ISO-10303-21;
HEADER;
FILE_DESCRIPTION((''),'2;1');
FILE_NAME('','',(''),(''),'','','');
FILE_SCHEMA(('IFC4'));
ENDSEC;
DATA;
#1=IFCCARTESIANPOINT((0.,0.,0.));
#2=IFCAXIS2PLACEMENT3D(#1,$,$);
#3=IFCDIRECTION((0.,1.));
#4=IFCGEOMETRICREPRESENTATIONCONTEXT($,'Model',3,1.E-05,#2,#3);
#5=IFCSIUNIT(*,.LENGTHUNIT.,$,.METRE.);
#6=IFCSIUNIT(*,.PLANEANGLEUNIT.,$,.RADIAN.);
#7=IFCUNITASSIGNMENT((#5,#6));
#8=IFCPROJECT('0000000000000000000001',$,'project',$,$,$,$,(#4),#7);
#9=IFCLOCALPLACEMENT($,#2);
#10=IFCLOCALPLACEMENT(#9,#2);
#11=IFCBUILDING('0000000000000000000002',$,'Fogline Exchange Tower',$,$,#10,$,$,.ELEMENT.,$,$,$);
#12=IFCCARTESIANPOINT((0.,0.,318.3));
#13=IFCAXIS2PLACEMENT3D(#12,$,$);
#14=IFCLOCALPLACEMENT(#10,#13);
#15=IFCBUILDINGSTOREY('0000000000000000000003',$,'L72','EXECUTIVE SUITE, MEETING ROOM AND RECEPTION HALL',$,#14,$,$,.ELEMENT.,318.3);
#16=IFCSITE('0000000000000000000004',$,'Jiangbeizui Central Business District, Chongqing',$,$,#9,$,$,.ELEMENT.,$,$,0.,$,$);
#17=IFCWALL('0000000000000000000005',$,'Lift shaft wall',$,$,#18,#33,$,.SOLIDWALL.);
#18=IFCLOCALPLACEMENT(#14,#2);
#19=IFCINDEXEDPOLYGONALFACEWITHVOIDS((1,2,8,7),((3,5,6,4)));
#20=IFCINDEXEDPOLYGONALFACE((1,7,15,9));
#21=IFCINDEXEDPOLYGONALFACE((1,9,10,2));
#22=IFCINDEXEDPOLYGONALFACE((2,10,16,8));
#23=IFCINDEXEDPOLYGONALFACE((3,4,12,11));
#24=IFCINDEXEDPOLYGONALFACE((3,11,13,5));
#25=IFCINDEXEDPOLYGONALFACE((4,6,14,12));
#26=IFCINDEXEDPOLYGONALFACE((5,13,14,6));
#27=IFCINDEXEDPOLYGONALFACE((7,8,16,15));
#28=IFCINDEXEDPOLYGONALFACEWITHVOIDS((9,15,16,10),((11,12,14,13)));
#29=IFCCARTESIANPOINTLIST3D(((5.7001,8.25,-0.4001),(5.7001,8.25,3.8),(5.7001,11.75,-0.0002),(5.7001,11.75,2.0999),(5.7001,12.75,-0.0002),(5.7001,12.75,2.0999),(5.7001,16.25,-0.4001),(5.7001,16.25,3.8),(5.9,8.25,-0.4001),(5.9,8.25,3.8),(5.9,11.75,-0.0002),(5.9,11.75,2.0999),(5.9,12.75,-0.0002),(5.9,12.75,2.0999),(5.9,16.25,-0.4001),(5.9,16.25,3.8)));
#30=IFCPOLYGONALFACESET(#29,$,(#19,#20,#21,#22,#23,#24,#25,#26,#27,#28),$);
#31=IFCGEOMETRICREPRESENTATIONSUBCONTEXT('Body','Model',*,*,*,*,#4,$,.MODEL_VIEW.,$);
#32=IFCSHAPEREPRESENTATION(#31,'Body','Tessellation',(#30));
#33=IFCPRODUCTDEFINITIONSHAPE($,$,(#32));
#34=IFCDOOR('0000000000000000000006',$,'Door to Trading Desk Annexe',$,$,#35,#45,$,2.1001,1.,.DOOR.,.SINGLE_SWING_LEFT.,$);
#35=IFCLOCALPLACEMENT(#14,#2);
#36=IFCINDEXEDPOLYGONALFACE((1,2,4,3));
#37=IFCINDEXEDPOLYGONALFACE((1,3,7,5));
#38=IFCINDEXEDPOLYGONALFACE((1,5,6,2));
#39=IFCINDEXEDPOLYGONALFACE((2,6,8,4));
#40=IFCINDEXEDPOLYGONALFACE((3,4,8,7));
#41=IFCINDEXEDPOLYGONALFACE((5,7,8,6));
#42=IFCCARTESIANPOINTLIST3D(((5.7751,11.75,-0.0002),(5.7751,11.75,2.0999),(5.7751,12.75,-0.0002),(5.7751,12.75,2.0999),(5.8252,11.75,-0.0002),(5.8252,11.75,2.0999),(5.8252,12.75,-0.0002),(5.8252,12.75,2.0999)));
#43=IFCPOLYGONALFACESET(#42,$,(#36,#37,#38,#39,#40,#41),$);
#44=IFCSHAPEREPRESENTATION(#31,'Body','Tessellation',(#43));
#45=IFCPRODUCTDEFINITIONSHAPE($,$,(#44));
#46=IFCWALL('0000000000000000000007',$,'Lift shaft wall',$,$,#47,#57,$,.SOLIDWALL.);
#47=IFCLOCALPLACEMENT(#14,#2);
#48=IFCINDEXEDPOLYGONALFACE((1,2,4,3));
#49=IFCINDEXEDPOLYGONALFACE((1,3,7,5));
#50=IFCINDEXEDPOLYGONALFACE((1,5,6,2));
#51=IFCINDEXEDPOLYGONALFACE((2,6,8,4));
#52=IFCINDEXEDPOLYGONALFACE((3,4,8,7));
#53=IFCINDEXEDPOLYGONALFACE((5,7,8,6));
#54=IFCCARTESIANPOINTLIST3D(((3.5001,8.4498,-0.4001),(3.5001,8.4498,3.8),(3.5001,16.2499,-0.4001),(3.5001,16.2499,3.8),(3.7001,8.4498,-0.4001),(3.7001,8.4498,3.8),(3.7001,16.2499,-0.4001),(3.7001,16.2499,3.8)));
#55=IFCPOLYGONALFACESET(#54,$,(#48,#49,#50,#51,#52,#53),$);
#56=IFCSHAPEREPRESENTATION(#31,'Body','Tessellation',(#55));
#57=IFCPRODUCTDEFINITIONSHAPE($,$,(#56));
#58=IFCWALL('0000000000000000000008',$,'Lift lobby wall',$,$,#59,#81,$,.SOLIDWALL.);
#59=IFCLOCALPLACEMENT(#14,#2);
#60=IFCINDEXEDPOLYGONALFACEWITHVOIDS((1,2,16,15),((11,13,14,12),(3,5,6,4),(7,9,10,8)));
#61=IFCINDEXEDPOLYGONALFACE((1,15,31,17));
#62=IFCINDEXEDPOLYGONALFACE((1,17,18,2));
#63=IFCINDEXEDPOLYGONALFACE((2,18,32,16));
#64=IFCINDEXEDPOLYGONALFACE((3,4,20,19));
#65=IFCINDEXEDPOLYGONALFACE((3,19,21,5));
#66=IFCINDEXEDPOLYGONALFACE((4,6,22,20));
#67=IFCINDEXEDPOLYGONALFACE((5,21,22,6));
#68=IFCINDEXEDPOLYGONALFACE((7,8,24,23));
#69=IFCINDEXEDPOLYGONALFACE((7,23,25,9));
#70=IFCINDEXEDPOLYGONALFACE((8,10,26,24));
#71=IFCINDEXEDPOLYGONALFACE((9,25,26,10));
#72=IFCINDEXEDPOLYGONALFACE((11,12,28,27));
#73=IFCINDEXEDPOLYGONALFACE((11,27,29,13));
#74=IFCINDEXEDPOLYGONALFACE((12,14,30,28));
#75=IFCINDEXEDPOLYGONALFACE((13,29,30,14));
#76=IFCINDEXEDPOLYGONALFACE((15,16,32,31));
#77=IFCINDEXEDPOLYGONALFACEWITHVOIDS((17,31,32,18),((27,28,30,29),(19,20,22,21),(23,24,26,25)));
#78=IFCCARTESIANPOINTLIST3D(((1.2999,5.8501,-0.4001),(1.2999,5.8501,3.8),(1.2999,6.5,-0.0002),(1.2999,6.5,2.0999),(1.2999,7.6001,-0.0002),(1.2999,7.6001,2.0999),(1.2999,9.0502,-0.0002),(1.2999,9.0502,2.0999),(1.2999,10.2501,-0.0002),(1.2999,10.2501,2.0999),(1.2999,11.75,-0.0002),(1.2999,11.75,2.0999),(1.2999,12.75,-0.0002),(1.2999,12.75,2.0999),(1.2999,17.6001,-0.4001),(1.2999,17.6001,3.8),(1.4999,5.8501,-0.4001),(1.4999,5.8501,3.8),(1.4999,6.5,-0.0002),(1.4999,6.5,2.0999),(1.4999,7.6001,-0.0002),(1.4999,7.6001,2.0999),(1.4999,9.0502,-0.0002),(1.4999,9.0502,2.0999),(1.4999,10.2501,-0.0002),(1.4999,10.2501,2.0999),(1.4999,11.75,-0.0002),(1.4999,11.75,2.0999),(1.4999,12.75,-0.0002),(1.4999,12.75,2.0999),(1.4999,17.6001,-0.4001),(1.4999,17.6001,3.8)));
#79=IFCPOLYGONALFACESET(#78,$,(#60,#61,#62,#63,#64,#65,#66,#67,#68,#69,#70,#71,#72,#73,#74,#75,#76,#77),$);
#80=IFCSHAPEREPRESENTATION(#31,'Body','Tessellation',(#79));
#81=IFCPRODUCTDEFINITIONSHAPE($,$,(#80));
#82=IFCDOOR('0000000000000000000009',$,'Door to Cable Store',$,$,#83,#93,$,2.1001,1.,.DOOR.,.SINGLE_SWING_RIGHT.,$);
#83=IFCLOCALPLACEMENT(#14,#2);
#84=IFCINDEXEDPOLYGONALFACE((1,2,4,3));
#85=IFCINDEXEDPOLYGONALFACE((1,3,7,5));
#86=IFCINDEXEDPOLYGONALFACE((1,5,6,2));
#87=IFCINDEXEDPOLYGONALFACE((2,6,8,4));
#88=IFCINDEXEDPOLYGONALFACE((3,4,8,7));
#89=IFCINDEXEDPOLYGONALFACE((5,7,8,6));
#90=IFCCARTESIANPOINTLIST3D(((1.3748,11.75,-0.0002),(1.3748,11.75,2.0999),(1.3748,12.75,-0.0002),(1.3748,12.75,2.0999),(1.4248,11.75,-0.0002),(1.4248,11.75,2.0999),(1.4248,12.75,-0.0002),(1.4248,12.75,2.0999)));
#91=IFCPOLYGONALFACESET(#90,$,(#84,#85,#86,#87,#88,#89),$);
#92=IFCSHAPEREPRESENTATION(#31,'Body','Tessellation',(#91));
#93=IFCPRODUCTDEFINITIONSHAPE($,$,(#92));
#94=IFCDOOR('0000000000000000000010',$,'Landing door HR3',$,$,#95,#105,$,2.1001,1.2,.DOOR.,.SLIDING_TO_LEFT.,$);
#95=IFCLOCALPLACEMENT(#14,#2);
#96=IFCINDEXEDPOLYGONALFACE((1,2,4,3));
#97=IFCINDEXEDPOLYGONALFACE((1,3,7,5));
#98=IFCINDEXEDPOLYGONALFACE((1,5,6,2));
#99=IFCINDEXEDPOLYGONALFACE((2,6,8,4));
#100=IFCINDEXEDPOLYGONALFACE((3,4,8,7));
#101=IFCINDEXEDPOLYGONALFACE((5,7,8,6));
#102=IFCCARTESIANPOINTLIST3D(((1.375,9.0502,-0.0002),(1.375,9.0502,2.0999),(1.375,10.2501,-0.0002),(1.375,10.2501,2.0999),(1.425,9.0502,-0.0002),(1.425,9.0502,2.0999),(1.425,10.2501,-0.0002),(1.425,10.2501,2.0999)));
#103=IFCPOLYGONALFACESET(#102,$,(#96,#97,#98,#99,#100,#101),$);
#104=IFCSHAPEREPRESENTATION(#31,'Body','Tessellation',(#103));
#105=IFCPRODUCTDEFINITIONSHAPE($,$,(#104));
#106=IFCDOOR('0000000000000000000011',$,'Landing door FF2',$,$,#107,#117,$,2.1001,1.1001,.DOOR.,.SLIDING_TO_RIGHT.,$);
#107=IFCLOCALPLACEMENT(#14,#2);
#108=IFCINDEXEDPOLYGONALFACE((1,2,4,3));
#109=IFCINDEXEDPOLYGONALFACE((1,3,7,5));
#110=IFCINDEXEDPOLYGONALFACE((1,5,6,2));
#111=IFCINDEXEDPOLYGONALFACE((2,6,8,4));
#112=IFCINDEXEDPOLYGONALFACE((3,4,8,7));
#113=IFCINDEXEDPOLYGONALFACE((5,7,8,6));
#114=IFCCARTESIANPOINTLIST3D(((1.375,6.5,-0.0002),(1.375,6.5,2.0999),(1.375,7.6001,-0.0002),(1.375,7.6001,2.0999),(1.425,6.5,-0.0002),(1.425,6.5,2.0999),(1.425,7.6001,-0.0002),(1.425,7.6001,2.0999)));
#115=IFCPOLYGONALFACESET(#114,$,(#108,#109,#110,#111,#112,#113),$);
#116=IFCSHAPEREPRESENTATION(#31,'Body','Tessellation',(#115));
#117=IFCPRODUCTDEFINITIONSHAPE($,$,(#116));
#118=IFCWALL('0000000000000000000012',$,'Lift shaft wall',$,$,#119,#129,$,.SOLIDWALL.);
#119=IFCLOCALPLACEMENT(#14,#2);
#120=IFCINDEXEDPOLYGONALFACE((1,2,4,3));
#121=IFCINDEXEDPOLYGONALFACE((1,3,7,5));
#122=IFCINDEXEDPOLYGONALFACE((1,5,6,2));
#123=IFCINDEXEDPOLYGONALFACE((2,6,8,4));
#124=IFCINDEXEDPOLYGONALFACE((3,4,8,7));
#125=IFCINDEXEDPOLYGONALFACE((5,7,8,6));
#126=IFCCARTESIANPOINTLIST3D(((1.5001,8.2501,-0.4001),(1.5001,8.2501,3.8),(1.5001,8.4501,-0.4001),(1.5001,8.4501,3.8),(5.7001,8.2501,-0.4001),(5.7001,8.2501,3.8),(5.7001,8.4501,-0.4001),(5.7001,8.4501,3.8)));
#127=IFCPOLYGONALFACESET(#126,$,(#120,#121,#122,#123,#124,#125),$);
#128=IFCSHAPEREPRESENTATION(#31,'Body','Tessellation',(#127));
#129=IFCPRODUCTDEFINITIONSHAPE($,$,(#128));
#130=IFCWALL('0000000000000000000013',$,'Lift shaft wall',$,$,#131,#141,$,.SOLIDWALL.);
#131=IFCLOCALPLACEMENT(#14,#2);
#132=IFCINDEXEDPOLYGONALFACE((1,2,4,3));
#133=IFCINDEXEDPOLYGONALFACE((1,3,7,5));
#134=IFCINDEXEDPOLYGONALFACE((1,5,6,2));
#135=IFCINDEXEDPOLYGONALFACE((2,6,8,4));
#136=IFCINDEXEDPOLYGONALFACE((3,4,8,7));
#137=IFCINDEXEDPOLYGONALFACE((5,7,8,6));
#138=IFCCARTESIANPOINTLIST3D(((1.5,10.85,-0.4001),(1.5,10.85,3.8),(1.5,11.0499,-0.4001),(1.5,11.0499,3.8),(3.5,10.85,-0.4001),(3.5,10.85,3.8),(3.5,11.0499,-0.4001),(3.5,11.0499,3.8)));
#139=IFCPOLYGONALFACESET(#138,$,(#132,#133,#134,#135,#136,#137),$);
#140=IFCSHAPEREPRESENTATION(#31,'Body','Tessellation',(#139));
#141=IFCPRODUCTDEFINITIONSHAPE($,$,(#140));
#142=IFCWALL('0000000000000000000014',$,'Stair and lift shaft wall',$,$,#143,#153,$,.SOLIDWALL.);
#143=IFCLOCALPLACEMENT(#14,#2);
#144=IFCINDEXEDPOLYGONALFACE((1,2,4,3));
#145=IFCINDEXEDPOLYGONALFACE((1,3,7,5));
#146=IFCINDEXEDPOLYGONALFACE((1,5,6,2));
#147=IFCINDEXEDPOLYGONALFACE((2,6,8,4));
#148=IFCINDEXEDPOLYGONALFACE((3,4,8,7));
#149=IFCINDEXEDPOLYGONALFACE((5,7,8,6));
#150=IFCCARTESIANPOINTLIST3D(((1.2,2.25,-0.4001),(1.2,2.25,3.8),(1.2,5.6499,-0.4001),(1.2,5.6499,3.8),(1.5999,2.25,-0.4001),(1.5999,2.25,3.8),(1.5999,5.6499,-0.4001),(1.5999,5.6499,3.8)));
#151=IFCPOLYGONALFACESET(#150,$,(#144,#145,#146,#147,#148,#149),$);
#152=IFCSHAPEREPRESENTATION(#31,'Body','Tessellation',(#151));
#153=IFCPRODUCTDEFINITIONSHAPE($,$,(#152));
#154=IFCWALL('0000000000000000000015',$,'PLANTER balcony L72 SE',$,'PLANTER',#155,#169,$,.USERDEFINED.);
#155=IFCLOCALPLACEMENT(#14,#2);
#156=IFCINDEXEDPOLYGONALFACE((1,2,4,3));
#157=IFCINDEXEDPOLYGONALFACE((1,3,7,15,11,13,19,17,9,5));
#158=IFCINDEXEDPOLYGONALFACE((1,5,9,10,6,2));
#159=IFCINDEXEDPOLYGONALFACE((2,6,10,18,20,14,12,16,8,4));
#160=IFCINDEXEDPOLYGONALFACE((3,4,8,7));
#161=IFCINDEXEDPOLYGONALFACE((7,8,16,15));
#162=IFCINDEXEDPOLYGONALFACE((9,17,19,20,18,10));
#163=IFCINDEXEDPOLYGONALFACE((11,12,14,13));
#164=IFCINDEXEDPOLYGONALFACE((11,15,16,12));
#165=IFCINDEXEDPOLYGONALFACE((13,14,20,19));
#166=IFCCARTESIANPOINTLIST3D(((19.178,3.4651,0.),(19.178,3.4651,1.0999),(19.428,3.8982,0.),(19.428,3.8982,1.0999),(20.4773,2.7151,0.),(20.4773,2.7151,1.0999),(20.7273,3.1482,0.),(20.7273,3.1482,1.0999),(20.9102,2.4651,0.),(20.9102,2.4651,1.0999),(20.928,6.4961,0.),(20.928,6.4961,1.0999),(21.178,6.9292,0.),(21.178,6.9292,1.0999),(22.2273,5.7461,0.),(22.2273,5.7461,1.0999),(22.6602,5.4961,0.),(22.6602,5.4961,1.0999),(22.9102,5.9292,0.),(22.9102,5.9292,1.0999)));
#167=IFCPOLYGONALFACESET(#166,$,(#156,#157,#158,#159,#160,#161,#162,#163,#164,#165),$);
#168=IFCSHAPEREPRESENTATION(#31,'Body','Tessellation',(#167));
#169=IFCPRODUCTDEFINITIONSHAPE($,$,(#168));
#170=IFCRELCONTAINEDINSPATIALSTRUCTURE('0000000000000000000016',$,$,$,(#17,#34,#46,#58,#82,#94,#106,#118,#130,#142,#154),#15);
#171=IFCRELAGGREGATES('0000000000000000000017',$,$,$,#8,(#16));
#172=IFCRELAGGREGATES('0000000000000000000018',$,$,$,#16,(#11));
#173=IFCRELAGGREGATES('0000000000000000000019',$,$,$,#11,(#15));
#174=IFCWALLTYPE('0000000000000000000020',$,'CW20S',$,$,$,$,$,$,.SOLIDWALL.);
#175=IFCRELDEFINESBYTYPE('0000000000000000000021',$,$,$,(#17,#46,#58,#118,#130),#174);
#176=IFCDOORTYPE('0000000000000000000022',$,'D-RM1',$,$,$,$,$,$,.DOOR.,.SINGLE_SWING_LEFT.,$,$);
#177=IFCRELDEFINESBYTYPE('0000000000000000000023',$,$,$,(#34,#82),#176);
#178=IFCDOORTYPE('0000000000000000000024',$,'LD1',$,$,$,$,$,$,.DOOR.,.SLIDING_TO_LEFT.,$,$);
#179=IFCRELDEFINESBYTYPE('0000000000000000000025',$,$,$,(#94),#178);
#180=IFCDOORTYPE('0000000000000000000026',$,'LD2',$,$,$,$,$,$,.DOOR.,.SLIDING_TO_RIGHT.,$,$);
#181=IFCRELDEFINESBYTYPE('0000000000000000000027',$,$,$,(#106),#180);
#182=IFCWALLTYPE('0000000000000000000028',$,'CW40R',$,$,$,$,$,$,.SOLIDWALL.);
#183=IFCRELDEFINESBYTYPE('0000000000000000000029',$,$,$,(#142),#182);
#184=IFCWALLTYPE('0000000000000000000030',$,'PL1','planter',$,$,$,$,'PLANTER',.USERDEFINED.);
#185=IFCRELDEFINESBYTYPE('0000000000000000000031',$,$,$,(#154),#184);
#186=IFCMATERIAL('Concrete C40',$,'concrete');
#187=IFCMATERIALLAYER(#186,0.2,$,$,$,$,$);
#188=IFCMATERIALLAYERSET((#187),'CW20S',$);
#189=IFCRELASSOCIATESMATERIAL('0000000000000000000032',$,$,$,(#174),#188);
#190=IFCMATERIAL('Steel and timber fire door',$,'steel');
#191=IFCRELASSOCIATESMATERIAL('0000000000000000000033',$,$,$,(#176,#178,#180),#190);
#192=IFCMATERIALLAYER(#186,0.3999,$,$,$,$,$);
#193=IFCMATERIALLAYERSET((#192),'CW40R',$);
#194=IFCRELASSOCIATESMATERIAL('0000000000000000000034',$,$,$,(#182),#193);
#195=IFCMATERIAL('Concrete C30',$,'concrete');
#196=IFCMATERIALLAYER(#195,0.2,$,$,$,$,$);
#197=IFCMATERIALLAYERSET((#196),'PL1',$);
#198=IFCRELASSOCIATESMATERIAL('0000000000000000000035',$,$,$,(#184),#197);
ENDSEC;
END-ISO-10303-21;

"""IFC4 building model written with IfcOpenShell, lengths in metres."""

from ifc_helpers import new_model, si_unit, direction, frame, frame_2d, origin, place, context, subcontext, project, spatial, polyline, rectangle, outline, extrude, material, layer, layer_set, type_object, element, fill, save


model = new_model("IFC4")

# Units and contexts
model_context = context("Model", 3, precision=1e-05, world=origin(), true_north=direction((0.0, 1.0)))
body_context = subcontext(model_context, "Body", "Model", "MODEL_VIEW")
ifc_project = project(units=[si_unit("LENGTHUNIT", "METRE"), si_unit("PLANEANGLEUNIT", "RADIAN")], contexts=[model_context])

# Site, building, storey
site_placement = place(None, origin())
site = spatial("IfcSite", under=ifc_project, at=site_placement, Name="Jiangbeizui Central Business District, Chongqing", CompositionType="ELEMENT", RefElevation=0.0)
building_placement = place(site_placement, origin())
building = spatial("IfcBuilding", under=site, at=building_placement, Name="Fogline Exchange Tower", CompositionType="ELEMENT")
storey_placement = place(building_placement, frame((0.0, 0.0, 318.3)))
storey = spatial("IfcBuildingStorey", under=building, at=storey_placement, Name="L72", Description="EXECUTIVE SUITE, MEETING ROOM AND RECEPTION HALL", CompositionType="ELEMENT", Elevation=318.3)

# Shared definitions
ifc_material_1 = material(Name="Concrete C40", Category="concrete")

# Shared definitions
ifc_material_2 = material(Name="Steel and timber fire door", Category="steel")

# Wall, opening, door
ifc_layer_1 = layer(ifc_material_1, 0.2)
ifc_layer_set_1 = layer_set([ifc_layer_1], Name="CW20S")
wall_type_1 = type_object("IfcWallType", Name="CW20S", PredefinedType="SOLIDWALL", material=ifc_layer_set_1)
wall_1_placement = place(storey_placement, frame((5.8, 8.25, -0.4001), z_axis=(0.0, 0.0, 1.0), x_axis=(0.0, 1.0, 0.0)))
wall_1 = element("IfcWall", 1, at=wall_1_placement, inside=storey, type_object=wall_type_1, Name="Lift shaft wall", PredefinedType="SOLIDWALL", context=body_context, shape_type="SweptSolid", body=[
    extrude(rectangle(XDim=8.0, YDim=0.2, at=frame_2d((4.0, 0.0))), origin(), (0.0, 0.0, 1.0), 4.2002),
])
opening_1_placement = place(wall_1_placement, frame((3.5, 0.0, 0.3999)))
opening_1 = element("IfcOpeningElement", 2, at=opening_1_placement, cuts=wall_1, PredefinedType="OPENING", context=body_context, shape_type="SweptSolid", body=[
    extrude(rectangle(XDim=1.0, YDim=2.1001, at=frame_2d((0.5, 1.05))), frame((0.0, 0.1099, 0.0), z_axis=(0.0, -1.0, 0.0), x_axis=(1.0, 0.0, 0.0)), (0.0, 0.0, 1.0), 0.22),
])
door_type_1 = type_object("IfcDoorType", Name="D-RM1", OperationType="SINGLE_SWING_LEFT", PredefinedType="DOOR", material=ifc_material_2)
door_1_placement = place(opening_1_placement, origin())
door_1 = element("IfcDoor", 3, at=door_1_placement, inside=storey, type_object=door_type_1, Name="Door to Trading Desk Annexe", OperationType="SINGLE_SWING_LEFT", OverallHeight=2.1001, OverallWidth=1.0, PredefinedType="DOOR", context=body_context, shape_type="SweptSolid", body=[
    extrude(rectangle(XDim=1.0, YDim=2.1001, at=frame_2d((0.5, 1.05))), frame((0.0, 0.0249, 0.0), z_axis=(0.0, -1.0, 0.0), x_axis=(1.0, 0.0, 0.0)), (0.0, 0.0, 1.0), 0.05),
])
fill(opening_1, door_1)

# Wall
wall_2_placement = place(storey_placement, frame((3.6001, 8.45, -0.4001), z_axis=(0.0, 0.0, 1.0), x_axis=(0.0, 1.0, 0.0)))
element("IfcWall", 4, at=wall_2_placement, inside=storey, type_object=wall_type_1, Name="Lift shaft wall", PredefinedType="SOLIDWALL", context=body_context, shape_type="SweptSolid", body=[
    extrude(rectangle(XDim=7.8, YDim=0.2, at=frame_2d((3.8999, 0.0))), origin(), (0.0, 0.0, 1.0), 4.2002),
])

# Wall, openings, doors
wall_3_placement = place(storey_placement, frame((1.3999, 5.8501, -0.4001), z_axis=(0.0, 0.0, 1.0), x_axis=(0.0, 1.0, 0.0)))
wall_3 = element("IfcWall", 5, at=wall_3_placement, inside=storey, type_object=wall_type_1, Name="Lift lobby wall", PredefinedType="SOLIDWALL", context=body_context, shape_type="SweptSolid", body=[
    extrude(rectangle(XDim=11.75, YDim=0.2, at=frame_2d((5.875, 0.0))), origin(), (0.0, 0.0, 1.0), 4.2002),
])
opening_2_placement = place(wall_3_placement, frame((3.2, 0.0, 0.3999)))
opening_2 = element("IfcOpeningElement", 6, at=opening_2_placement, cuts=wall_3, PredefinedType="OPENING", context=body_context, shape_type="SweptSolid", body=[
    extrude(rectangle(XDim=1.2, YDim=2.1001, at=frame_2d((0.6001, 1.05))), frame((0.0, 0.1099, 0.0), z_axis=(0.0, -1.0, 0.0), x_axis=(1.0, 0.0, 0.0)), (0.0, 0.0, 1.0), 0.22),
])
opening_3_placement = place(wall_3_placement, frame((0.6499, 0.0, 0.3999)))
opening_3 = element("IfcOpeningElement", 7, at=opening_3_placement, cuts=wall_3, PredefinedType="OPENING", context=body_context, shape_type="SweptSolid", body=[
    extrude(rectangle(XDim=1.1001, YDim=2.1001, at=frame_2d((0.55, 1.05))), frame((0.0, 0.1099, 0.0), z_axis=(0.0, -1.0, 0.0), x_axis=(1.0, 0.0, 0.0)), (0.0, 0.0, 1.0), 0.22),
])
opening_4_placement = place(wall_3_placement, frame((5.8999, 0.0, 0.3999)))
opening_4 = element("IfcOpeningElement", 8, at=opening_4_placement, cuts=wall_3, PredefinedType="OPENING", context=body_context, shape_type="SweptSolid", body=[
    extrude(rectangle(XDim=1.0, YDim=2.1001, at=frame_2d((0.5, 1.05))), frame((0.0, 0.1099, 0.0), z_axis=(0.0, -1.0, 0.0), x_axis=(1.0, 0.0, 0.0)), (0.0, 0.0, 1.0), 0.22),
])
door_2_placement = place(opening_4_placement, frame((1.0, 0.0, 0.0), z_axis=(0.0, 0.0, 1.0), x_axis=(-1.0, 0.0, 0.0)))
door_2 = element("IfcDoor", 9, at=door_2_placement, inside=storey, type_object=door_type_1, Name="Door to Cable Store", OperationType="SINGLE_SWING_RIGHT", OverallHeight=2.1001, OverallWidth=1.0, PredefinedType="DOOR", context=body_context, shape_type="SweptSolid", body=[
    extrude(rectangle(XDim=1.0, YDim=2.1001, at=frame_2d((0.5, 1.05))), frame((0.0, 0.0249, 0.0), z_axis=(0.0, -1.0, 0.0), x_axis=(1.0, 0.0, 0.0)), (0.0, 0.0, 1.0), 0.05),
])
fill(opening_4, door_2)
door_type_2 = type_object("IfcDoorType", Name="LD1", OperationType="SLIDING_TO_LEFT", PredefinedType="DOOR", material=ifc_material_2)
door_3_placement = place(opening_2_placement, origin())
door_3 = element("IfcDoor", 10, at=door_3_placement, inside=storey, type_object=door_type_2, Name="Landing door HR3", OperationType="SLIDING_TO_LEFT", OverallHeight=2.1001, OverallWidth=1.2, PredefinedType="DOOR", context=body_context, shape_type="SweptSolid", body=[
    extrude(rectangle(XDim=1.2, YDim=2.1001, at=frame_2d((0.6001, 1.05))), frame((0.0, 0.0249, 0.0), z_axis=(0.0, -1.0, 0.0), x_axis=(1.0, 0.0, 0.0)), (0.0, 0.0, 1.0), 0.05),
])
fill(opening_2, door_3)
door_type_3 = type_object("IfcDoorType", Name="LD2", OperationType="SLIDING_TO_RIGHT", PredefinedType="DOOR", material=ifc_material_2)
door_4_placement = place(opening_3_placement, origin())
door_4 = element("IfcDoor", 11, at=door_4_placement, inside=storey, type_object=door_type_3, Name="Landing door FF2", OperationType="SLIDING_TO_RIGHT", OverallHeight=2.1001, OverallWidth=1.1001, PredefinedType="DOOR", context=body_context, shape_type="SweptSolid", body=[
    extrude(rectangle(XDim=1.1001, YDim=2.1001, at=frame_2d((0.55, 1.05))), frame((0.0, 0.0249, 0.0), z_axis=(0.0, -1.0, 0.0), x_axis=(1.0, 0.0, 0.0)), (0.0, 0.0, 1.0), 0.05),
])
fill(opening_3, door_4)

# Walls
wall_4_placement = place(storey_placement, frame((1.5, 8.3501, -0.4001), z_axis=(0.0, 0.0, 1.0), x_axis=(1.0, 0.0, 0.0)))
element("IfcWall", 12, at=wall_4_placement, inside=storey, type_object=wall_type_1, Name="Lift shaft wall", PredefinedType="SOLIDWALL", context=body_context, shape_type="SweptSolid", body=[
    extrude(rectangle(XDim=4.2, YDim=0.2, at=frame_2d((2.1001, 0.0))), origin(), (0.0, 0.0, 1.0), 4.2002),
])
wall_5_placement = place(storey_placement, frame((1.5, 10.95, -0.4001), z_axis=(0.0, 0.0, 1.0), x_axis=(1.0, 0.0, 0.0)))
element("IfcWall", 13, at=wall_5_placement, inside=storey, type_object=wall_type_1, Name="Lift shaft wall", PredefinedType="SOLIDWALL", context=body_context, shape_type="SweptSolid", body=[
    extrude(rectangle(XDim=2.0, YDim=0.2, at=frame_2d((1.0, 0.0))), origin(), (0.0, 0.0, 1.0), 4.2002),
])
ifc_layer_2 = layer(ifc_material_1, 0.3999)
ifc_layer_set_2 = layer_set([ifc_layer_2], Name="CW40R")
wall_type_2 = type_object("IfcWallType", Name="CW40R", PredefinedType="SOLIDWALL", material=ifc_layer_set_2)
wall_6_placement = place(storey_placement, frame((1.3999, 2.25, -0.4001), z_axis=(0.0, 0.0, 1.0), x_axis=(0.0, 1.0, 0.0)))
element("IfcWall", 14, at=wall_6_placement, inside=storey, type_object=wall_type_2, Name="Stair and lift shaft wall", PredefinedType="SOLIDWALL", context=body_context, shape_type="SweptSolid", body=[
    extrude(rectangle(XDim=3.3999, YDim=0.3999, at=frame_2d((1.7, 0.0))), origin(), (0.0, 0.0, 1.0), 4.2002),
])
ifc_material_3 = material(Name="Concrete C30", Category="concrete")
ifc_layer_3 = layer(ifc_material_3, 0.2)
ifc_layer_set_3 = layer_set([ifc_layer_3], Name="PL1")
wall_type_3 = type_object("IfcWallType", Name="PL1", Description="planter", ElementType="PLANTER", PredefinedType="USERDEFINED", material=ifc_layer_set_3)
wall_7_placement = place(storey_placement, origin())
element("IfcWall", 15, at=wall_7_placement, inside=storey, type_object=wall_type_3, Name="PLANTER balcony L72 SE", ObjectType="PLANTER", PredefinedType="USERDEFINED", context=body_context, shape_type="SweptSolid", body=[
    extrude(outline(polyline([(19.178, 3.4651), (20.4773, 2.7151), (20.4773, 2.7151), (20.9102, 2.4651), (22.6602, 5.4961), (22.9102, 5.9292), (21.178, 6.9292), (20.928, 6.4961), (22.2273, 5.7461), (20.7273, 3.1482), (19.428, 3.8982), (19.178, 3.4651)])), origin(), (0.0, 0.0, 1.0), 1.0999),
])

save(model, "model.ifc")
